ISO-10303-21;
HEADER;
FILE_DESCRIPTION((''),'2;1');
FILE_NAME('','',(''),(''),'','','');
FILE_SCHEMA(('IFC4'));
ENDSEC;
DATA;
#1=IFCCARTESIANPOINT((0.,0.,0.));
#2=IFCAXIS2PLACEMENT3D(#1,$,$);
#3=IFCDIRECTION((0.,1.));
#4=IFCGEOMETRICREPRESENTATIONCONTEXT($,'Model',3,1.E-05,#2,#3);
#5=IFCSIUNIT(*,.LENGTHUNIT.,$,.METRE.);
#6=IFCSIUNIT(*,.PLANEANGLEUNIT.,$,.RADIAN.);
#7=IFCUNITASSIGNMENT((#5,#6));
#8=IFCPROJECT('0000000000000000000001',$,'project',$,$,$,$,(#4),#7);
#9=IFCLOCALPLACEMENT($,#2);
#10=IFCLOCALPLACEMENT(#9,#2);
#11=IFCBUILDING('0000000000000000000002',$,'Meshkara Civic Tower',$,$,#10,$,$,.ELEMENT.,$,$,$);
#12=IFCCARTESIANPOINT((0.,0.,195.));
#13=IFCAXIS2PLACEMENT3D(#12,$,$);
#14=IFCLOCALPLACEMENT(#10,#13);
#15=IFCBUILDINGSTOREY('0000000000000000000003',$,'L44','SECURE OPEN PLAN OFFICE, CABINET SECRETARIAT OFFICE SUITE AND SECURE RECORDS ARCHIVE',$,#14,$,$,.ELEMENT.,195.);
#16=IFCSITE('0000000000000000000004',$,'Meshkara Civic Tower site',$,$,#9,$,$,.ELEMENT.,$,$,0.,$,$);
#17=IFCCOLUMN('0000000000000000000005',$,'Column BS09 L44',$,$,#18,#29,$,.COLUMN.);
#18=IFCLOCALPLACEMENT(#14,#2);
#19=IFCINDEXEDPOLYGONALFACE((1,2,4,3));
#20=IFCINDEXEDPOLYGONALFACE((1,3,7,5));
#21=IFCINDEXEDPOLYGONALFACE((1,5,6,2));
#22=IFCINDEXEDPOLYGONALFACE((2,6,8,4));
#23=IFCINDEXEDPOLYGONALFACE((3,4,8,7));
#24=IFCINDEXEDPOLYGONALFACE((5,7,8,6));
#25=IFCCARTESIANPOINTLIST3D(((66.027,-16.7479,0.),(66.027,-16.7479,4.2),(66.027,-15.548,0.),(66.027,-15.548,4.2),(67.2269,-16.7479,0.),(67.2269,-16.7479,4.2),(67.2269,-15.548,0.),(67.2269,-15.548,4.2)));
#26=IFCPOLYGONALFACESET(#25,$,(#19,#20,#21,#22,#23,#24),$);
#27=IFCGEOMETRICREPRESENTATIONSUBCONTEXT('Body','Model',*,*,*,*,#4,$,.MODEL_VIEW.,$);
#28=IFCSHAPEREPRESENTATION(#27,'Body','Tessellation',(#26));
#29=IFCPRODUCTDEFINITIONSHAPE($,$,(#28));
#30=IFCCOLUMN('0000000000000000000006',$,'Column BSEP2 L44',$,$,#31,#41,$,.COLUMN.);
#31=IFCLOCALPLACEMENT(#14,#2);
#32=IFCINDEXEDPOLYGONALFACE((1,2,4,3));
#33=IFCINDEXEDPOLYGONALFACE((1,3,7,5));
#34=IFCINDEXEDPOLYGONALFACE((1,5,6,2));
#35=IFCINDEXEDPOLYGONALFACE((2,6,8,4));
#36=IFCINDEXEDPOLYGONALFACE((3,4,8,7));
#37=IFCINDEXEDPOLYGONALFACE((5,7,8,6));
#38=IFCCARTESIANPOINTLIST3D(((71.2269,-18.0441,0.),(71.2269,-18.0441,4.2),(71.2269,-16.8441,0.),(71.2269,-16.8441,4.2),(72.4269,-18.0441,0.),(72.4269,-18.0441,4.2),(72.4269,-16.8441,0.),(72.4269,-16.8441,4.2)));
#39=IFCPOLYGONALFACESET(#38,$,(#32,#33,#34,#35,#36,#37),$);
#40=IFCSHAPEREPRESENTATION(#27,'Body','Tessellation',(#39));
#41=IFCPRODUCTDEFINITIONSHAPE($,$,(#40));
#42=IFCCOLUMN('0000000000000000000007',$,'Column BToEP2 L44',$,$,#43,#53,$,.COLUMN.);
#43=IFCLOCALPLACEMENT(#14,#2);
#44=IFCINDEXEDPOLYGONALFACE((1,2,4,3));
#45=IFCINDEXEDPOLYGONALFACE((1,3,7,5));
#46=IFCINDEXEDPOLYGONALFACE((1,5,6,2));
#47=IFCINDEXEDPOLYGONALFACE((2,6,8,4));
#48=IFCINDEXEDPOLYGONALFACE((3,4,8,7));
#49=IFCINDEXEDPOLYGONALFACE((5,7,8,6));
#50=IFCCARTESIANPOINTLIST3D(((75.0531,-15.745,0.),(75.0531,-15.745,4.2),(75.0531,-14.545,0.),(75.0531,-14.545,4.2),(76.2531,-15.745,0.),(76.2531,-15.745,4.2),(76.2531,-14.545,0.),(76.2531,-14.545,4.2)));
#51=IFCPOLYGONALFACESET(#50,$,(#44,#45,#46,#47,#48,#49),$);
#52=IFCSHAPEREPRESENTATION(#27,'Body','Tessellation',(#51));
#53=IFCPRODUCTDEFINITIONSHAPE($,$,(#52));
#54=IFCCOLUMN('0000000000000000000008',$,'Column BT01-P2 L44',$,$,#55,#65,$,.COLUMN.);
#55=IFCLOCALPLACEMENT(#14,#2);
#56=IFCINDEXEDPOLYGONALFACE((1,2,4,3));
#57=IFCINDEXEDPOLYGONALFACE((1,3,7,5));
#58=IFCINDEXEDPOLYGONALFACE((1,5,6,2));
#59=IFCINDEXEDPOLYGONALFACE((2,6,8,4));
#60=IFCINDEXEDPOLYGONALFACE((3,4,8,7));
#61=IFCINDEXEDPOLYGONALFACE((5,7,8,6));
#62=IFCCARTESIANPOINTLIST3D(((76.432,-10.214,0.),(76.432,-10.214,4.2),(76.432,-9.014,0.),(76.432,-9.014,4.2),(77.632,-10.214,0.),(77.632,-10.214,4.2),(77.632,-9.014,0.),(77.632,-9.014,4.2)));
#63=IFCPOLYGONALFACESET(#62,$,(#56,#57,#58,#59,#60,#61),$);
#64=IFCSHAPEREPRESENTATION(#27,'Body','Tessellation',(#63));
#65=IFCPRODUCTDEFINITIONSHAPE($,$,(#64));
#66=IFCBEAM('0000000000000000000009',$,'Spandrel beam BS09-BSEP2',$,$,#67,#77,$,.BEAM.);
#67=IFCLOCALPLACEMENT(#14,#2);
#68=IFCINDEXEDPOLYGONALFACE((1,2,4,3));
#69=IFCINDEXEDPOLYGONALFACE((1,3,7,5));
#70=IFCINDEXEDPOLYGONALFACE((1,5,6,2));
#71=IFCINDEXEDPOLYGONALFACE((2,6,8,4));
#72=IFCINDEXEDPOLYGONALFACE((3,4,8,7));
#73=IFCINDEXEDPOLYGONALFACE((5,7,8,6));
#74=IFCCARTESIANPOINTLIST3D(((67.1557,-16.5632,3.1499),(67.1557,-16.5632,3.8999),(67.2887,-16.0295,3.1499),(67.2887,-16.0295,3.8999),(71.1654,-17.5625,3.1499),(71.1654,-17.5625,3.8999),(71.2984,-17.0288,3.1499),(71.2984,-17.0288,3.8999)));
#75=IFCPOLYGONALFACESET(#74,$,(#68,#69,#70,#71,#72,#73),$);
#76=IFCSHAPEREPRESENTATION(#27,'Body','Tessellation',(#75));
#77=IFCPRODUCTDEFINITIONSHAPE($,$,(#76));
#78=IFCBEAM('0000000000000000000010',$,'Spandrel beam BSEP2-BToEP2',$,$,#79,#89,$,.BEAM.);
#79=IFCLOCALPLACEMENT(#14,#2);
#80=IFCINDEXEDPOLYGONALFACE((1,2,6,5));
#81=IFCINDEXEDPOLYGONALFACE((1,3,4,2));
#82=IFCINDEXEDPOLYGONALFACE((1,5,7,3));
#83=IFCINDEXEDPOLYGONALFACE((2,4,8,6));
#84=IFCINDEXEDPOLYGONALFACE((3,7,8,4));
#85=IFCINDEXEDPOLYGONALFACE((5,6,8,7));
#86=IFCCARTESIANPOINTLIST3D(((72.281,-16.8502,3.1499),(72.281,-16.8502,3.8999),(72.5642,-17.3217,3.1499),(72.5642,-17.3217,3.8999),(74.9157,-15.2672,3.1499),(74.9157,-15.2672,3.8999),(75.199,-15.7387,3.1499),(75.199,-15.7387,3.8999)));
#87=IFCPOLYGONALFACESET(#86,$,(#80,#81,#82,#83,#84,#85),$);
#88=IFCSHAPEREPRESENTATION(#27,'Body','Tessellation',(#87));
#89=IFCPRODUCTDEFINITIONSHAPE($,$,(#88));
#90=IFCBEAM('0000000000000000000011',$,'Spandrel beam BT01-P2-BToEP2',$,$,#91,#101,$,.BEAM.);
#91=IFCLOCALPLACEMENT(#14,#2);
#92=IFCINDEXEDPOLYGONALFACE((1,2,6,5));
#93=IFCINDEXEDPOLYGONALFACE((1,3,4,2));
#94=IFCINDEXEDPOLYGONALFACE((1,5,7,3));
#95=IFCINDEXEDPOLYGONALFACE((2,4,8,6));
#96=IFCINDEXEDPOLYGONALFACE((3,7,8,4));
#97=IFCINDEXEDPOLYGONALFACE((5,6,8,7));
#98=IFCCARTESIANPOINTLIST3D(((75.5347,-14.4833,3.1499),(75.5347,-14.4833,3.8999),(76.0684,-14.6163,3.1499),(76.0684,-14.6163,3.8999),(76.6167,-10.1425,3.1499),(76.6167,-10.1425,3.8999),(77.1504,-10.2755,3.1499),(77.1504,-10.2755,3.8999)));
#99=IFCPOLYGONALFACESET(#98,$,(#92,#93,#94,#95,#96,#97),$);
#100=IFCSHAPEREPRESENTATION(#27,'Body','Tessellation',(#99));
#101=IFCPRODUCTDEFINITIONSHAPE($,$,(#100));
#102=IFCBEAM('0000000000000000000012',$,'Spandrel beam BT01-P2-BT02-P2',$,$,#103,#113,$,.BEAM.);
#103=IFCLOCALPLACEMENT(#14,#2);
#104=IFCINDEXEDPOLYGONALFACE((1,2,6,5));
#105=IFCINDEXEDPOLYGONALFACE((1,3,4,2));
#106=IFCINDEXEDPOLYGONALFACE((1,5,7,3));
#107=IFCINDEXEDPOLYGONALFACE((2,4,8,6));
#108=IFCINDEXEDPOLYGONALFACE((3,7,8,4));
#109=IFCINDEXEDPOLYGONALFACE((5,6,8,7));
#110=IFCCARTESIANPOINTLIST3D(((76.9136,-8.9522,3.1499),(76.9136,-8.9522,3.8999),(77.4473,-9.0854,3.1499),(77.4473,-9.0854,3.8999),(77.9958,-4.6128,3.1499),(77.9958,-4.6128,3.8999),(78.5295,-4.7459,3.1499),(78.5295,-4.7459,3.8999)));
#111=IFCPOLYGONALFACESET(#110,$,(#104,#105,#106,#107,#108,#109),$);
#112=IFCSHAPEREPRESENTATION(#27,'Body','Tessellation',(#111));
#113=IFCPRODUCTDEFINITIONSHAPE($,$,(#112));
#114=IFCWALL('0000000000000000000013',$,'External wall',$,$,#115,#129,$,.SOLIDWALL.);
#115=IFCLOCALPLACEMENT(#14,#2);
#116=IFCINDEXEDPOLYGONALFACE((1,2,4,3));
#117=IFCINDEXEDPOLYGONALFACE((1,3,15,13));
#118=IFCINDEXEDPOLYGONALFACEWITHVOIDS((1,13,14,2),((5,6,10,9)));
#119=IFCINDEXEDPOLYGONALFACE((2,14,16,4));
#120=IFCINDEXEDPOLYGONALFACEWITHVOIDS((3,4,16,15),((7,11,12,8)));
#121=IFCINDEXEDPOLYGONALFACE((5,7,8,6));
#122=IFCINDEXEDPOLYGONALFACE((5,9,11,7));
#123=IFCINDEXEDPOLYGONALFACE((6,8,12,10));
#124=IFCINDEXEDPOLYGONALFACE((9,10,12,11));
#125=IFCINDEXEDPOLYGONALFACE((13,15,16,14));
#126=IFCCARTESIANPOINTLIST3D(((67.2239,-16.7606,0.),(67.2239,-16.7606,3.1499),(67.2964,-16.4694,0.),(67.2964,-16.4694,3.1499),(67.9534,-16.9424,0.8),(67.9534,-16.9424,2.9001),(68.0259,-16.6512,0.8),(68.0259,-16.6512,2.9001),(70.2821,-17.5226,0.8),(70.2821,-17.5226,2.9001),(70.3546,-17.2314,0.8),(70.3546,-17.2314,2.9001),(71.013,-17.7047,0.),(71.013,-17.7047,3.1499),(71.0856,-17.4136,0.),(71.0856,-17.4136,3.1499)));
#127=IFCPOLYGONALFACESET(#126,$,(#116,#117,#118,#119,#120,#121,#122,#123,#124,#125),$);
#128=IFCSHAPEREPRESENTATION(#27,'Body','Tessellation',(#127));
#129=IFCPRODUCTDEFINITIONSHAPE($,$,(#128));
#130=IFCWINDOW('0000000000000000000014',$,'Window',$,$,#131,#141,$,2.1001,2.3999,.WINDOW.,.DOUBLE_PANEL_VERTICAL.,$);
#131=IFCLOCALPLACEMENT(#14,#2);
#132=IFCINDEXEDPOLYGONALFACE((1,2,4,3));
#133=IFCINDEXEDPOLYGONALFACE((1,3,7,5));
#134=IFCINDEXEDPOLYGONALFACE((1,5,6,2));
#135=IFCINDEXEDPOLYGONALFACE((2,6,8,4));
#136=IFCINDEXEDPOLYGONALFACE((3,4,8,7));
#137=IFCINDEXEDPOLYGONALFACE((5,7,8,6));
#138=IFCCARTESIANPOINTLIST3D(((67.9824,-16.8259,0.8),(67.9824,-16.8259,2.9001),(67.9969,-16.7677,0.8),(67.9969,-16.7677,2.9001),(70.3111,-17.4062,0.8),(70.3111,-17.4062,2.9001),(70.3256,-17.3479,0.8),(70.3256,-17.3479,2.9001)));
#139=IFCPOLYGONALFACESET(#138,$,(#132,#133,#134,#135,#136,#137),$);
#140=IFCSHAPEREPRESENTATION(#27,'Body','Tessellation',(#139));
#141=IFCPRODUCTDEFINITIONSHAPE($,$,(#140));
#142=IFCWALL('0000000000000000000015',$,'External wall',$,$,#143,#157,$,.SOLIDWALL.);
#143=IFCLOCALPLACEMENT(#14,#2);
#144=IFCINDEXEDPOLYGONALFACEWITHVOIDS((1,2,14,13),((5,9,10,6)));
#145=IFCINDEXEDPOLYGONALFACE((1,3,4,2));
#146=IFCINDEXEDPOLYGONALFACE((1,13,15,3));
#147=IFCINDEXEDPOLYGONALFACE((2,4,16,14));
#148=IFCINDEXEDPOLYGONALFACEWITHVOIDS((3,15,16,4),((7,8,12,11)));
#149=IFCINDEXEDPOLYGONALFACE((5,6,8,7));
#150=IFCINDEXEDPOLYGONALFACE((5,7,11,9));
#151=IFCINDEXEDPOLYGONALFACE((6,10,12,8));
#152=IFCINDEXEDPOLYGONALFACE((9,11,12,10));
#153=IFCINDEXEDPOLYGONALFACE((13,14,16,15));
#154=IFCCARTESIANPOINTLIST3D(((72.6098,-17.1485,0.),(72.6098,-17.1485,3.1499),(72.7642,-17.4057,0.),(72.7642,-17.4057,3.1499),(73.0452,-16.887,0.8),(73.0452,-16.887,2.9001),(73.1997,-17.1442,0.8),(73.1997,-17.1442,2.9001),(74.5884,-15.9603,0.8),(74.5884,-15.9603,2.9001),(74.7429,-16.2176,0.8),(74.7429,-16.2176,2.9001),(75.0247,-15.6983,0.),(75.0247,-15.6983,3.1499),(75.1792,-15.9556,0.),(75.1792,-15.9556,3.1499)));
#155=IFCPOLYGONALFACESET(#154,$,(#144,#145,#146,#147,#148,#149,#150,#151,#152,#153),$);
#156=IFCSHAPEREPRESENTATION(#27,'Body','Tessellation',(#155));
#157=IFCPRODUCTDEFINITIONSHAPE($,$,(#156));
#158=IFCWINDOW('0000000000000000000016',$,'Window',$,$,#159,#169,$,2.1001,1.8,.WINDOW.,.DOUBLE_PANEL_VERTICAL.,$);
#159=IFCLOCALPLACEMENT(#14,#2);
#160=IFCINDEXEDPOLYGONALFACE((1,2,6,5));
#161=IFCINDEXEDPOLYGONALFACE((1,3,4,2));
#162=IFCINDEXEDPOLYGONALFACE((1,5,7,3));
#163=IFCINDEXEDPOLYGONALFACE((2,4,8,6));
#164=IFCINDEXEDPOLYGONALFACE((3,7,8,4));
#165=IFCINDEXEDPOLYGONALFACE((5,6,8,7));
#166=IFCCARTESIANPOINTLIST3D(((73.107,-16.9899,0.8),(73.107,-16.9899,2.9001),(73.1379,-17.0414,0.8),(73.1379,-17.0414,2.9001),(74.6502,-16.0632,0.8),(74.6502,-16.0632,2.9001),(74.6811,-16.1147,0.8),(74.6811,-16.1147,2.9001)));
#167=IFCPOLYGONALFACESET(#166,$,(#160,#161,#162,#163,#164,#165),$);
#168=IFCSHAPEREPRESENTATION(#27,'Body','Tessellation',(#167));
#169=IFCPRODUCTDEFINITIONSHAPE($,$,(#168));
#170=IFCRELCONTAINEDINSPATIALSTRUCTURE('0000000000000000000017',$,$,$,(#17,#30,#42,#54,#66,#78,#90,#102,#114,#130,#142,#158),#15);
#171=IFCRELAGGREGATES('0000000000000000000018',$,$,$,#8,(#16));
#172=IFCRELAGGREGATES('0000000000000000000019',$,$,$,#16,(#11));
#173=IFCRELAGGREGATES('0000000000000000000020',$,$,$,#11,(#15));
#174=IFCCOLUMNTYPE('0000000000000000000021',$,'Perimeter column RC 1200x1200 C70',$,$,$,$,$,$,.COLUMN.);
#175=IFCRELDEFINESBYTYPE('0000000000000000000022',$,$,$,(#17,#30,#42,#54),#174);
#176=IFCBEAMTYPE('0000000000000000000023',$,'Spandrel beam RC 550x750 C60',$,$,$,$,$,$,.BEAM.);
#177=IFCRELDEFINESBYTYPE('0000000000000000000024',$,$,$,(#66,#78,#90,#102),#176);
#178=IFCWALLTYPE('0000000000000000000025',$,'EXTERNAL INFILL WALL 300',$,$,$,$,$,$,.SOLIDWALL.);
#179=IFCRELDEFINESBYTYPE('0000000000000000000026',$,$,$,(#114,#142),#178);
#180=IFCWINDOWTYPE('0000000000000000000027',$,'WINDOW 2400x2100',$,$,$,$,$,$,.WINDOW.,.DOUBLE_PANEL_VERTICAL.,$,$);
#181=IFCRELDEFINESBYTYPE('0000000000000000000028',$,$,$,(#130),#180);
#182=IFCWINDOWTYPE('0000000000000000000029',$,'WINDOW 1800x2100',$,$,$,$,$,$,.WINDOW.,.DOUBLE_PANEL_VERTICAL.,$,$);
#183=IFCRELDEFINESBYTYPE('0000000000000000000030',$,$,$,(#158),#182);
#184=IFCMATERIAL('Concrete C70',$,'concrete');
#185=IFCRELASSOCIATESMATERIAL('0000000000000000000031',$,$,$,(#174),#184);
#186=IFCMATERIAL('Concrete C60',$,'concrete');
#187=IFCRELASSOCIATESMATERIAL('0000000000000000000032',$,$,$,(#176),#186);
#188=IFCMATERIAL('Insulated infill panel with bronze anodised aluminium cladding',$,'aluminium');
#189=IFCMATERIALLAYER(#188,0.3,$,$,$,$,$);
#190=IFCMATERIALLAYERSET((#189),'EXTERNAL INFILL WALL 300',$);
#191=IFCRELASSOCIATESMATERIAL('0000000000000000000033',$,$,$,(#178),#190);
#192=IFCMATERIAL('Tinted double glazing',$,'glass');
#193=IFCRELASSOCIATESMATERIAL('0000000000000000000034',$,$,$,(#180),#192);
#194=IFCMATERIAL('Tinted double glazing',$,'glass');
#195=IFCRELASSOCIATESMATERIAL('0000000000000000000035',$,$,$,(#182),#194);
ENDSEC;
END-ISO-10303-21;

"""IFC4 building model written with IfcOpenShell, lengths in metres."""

from ifc_helpers import new_model, si_unit, direction, frame, frame_2d, origin, origin_2d, place, context, subcontext, project, spatial, rectangle, extrude, material, layer, layer_set, material_profile, profile_set, type_object, element, fill, save


model = new_model("IFC4")

# Units and contexts
model_context = context("Model", 3, precision=1e-05, world=origin(), true_north=direction((0.0, 1.0)))
body_context = subcontext(model_context, "Body", "Model", "MODEL_VIEW")
ifc_project = project(units=[si_unit("LENGTHUNIT", "METRE"), si_unit("PLANEANGLEUNIT", "RADIAN")], contexts=[model_context])

# Site, building, storey
site_placement = place(None, origin())
site = spatial("IfcSite", under=ifc_project, at=site_placement, Name="Meshkara Civic Tower site", CompositionType="ELEMENT", RefElevation=0.0)
building_placement = place(site_placement, origin())
building = spatial("IfcBuilding", under=site, at=building_placement, Name="Meshkara Civic Tower", CompositionType="ELEMENT")
storey_placement = place(building_placement, frame((0.0, 0.0, 195.0)))
storey = spatial("IfcBuildingStorey", under=building, at=storey_placement, Name="L44", Description="SECURE OPEN PLAN OFFICE, CABINET SECRETARIAT OFFICE SUITE AND SECURE RECORDS ARCHIVE", CompositionType="ELEMENT", Elevation=195.0)

# Columns
ifc_material_1 = material(Name="Concrete C70", Category="concrete")
ifc_material_profile_1 = material_profile(ifc_material_1, rectangle(XDim=1.2, YDim=1.2, at=origin_2d()))
ifc_profile_set_1 = profile_set([ifc_material_profile_1], Name="Concrete C70")
column_type = type_object("IfcColumnType", Name="Perimeter column RC 1200x1200 C70", PredefinedType="COLUMN", material=ifc_profile_set_1)
for number, where, z_axis, x_axis, name in (
    (1, (66.627, -16.1479, 0.0), (0.0, 0.0, 1.0), (1.0, 0.0, 0.0), "Column BS09 L44"),
    (2, (71.8269, -17.4441, 0.0), (0.0, 0.0, 1.0), (1.0, 0.0, 0.0), "Column BSEP2 L44"),
    (3, (75.6531, -15.145, 0.0), (0.0, 0.0, 1.0), (1.0, 0.0, 0.0), "Column BToEP2 L44"),
    (4, (77.032, -9.614, 0.0), (0.0, 0.0, 1.0), (1.0, 0.0, 0.0), "Column BT01-P2 L44"),
):
    element("IfcColumn", number, at=place(storey_placement, frame(where, z_axis=z_axis, x_axis=x_axis)), inside=storey, type_object=column_type, Name=name, PredefinedType="COLUMN", context=body_context, shape_type="SweptSolid", body=[
        extrude(rectangle(XDim=1.2, YDim=1.2, at=origin_2d()), origin(), (0.0, 0.0, 1.0), 4.2),
    ])

# Beams
ifc_material_2 = material(Name="Concrete C60", Category="concrete")
ifc_material_profile_2 = material_profile(ifc_material_2, rectangle(XDim=0.55, YDim=0.75, at=origin_2d()))
ifc_profile_set_2 = profile_set([ifc_material_profile_2], Name="Concrete C60")
beam_type = type_object("IfcBeamType", Name="Spandrel beam RC 550x750 C60", PredefinedType="BEAM", material=ifc_profile_set_2)
beam_1_placement = place(storey_placement, frame((67.2222, -16.2964, 3.5249), z_axis=(0.970323, -0.241813, 0.0), x_axis=(0.241813, 0.970323, 0.0)))
element("IfcBeam", 5, at=beam_1_placement, inside=storey, type_object=beam_type, Name="Spandrel beam BS09-BSEP2", PredefinedType="BEAM", context=body_context, shape_type="SweptSolid", body=[
    extrude(rectangle(XDim=0.55, YDim=0.75, at=origin_2d()), origin(), (0.0, 0.0, 1.0), 4.1323),
])
beam_2_placement = place(storey_placement, frame((72.4226, -17.0859, 3.5249), z_axis=(0.857184, 0.51501, 0.0), x_axis=(-0.51501, 0.857184, 0.0)))
element("IfcBeam", 6, at=beam_2_placement, inside=storey, type_object=beam_type, Name="Spandrel beam BSEP2-BToEP2", PredefinedType="BEAM", context=body_context, shape_type="SweptSolid", body=[
    extrude(rectangle(XDim=0.55, YDim=0.75, at=origin_2d()), origin(), (0.0, 0.0, 1.0), 3.0737),
])
beam_3_placement = place(storey_placement, frame((75.8015, -14.5498, 3.5249), z_axis=(0.241868, 0.970309, 0.0), x_axis=(-0.970309, 0.241868, 0.0)))
element("IfcBeam", 7, at=beam_3_placement, inside=storey, type_object=beam_type, Name="Spandrel beam BT01-P2-BToEP2", PredefinedType="BEAM", context=body_context, shape_type="SweptSolid", body=[
    extrude(rectangle(XDim=0.55, YDim=0.75, at=origin_2d()), origin(), (0.0, 0.0, 1.0), 4.4736),
])
beam_4_placement = place(storey_placement, frame((77.1804, -9.0188, 3.5249), z_axis=(0.241983, 0.97028, 0.0), x_axis=(-0.97028, 0.241983, 0.0)))
element("IfcBeam", 8, at=beam_4_placement, inside=storey, type_object=beam_type, Name="Spandrel beam BT01-P2-BT02-P2", PredefinedType="BEAM", context=body_context, shape_type="SweptSolid", body=[
    extrude(rectangle(XDim=0.55, YDim=0.75, at=origin_2d()), origin(), (0.0, 0.0, 1.0), 4.4724),
])

# Walls, openings, windows
ifc_material_3 = material(Name="Insulated infill panel with bronze anodised aluminium cladding", Category="aluminium")
ifc_layer_1 = layer(ifc_material_3, 0.3)
ifc_layer_set_1 = layer_set([ifc_layer_1], Name="EXTERNAL INFILL WALL 300")
wall_type_1 = type_object("IfcWallType", Name="EXTERNAL INFILL WALL 300", PredefinedType="SOLIDWALL", material=ifc_layer_set_1)
wall_1_placement = place(storey_placement, frame((67.26, -16.615, 0.0), z_axis=(0.0, 0.0, 1.0), x_axis=(0.970333, -0.241771, 0.0)))
wall_1 = element("IfcWall", 9, at=wall_1_placement, inside=storey, type_object=wall_type_1, Name="External wall", PredefinedType="SOLIDWALL", context=body_context, shape_type="SweptSolid", body=[
    extrude(rectangle(XDim=3.905, YDim=0.3, at=frame_2d((1.9526, 0.0))), origin(), (0.0, 0.0, 1.0), 3.1499),
])
opening_1_placement = place(wall_1_placement, frame((0.752, 0.0, 0.8)))
opening_1 = element("IfcOpeningElement", 10, at=opening_1_placement, cuts=wall_1, PredefinedType="OPENING", context=body_context, shape_type="SweptSolid", body=[
    extrude(rectangle(XDim=2.3999, YDim=2.1001, at=frame_2d((1.2, 1.05))), frame((0.0, 0.1599, 0.0), z_axis=(0.0, -1.0, 0.0), x_axis=(1.0, 0.0, 0.0)), (0.0, 0.0, 1.0), 0.3201),
])
ifc_material_4 = material(Name="Tinted double glazing", Category="glass")
window_type_1 = type_object("IfcWindowType", Name="WINDOW 2400x2100", PartitioningType="DOUBLE_PANEL_VERTICAL", PredefinedType="WINDOW", material=ifc_material_4)
window_1_placement = place(opening_1_placement, origin())
window_1 = element("IfcWindow", 11, at=window_1_placement, inside=storey, type_object=window_type_1, Name="Window", OverallHeight=2.1001, OverallWidth=2.3999, PartitioningType="DOUBLE_PANEL_VERTICAL", PredefinedType="WINDOW", context=body_context, shape_type="SweptSolid", body=[
    extrude(rectangle(XDim=2.3999, YDim=2.1001, at=frame_2d((1.2, 1.05))), frame((0.0, 0.03, 0.0), z_axis=(0.0, -1.0, 0.0), x_axis=(1.0, 0.0, 0.0)), (0.0, 0.0, 1.0), 0.0601),
])
fill(opening_1, window_1)
wall_2_placement = place(storey_placement, frame((72.687, -17.2771, 0.0), z_axis=(0.0, 0.0, 1.0), x_axis=(0.857309, 0.514802, 0.0)))
wall_2 = element("IfcWall", 12, at=wall_2_placement, inside=storey, type_object=wall_type_1, Name="External wall", PredefinedType="SOLIDWALL", context=body_context, shape_type="SweptSolid", body=[
    extrude(rectangle(XDim=2.8169, YDim=0.3, at=frame_2d((1.4084, 0.0))), origin(), (0.0, 0.0, 1.0), 3.1499),
])
opening_2_placement = place(wall_2_placement, frame((0.5081, 0.0, 0.8)))
opening_2 = element("IfcOpeningElement", 13, at=opening_2_placement, cuts=wall_2, PredefinedType="OPENING", context=body_context, shape_type="SweptSolid", body=[
    extrude(rectangle(XDim=1.8, YDim=2.1001, at=frame_2d((0.8999, 1.05))), frame((0.0, 0.1599, 0.0), z_axis=(0.0, -1.0, 0.0), x_axis=(1.0, 0.0, 0.0)), (0.0, 0.0, 1.0), 0.3201),
])
ifc_material_5 = material(Name="Tinted double glazing", Category="glass")
window_type_2 = type_object("IfcWindowType", Name="WINDOW 1800x2100", PartitioningType="DOUBLE_PANEL_VERTICAL", PredefinedType="WINDOW", material=ifc_material_5)
window_2_placement = place(opening_2_placement, origin())
window_2 = element("IfcWindow", 14, at=window_2_placement, inside=storey, type_object=window_type_2, Name="Window", OverallHeight=2.1001, OverallWidth=1.8, PartitioningType="DOUBLE_PANEL_VERTICAL", PredefinedType="WINDOW", context=body_context, shape_type="SweptSolid", body=[
    extrude(rectangle(XDim=1.8, YDim=2.1001, at=frame_2d((0.8999, 1.05))), frame((0.0, 0.03, 0.0), z_axis=(0.0, -1.0, 0.0), x_axis=(1.0, 0.0, 0.0)), (0.0, 0.0, 1.0), 0.0601),
])
fill(opening_2, window_2)

save(model, "model.ifc")
